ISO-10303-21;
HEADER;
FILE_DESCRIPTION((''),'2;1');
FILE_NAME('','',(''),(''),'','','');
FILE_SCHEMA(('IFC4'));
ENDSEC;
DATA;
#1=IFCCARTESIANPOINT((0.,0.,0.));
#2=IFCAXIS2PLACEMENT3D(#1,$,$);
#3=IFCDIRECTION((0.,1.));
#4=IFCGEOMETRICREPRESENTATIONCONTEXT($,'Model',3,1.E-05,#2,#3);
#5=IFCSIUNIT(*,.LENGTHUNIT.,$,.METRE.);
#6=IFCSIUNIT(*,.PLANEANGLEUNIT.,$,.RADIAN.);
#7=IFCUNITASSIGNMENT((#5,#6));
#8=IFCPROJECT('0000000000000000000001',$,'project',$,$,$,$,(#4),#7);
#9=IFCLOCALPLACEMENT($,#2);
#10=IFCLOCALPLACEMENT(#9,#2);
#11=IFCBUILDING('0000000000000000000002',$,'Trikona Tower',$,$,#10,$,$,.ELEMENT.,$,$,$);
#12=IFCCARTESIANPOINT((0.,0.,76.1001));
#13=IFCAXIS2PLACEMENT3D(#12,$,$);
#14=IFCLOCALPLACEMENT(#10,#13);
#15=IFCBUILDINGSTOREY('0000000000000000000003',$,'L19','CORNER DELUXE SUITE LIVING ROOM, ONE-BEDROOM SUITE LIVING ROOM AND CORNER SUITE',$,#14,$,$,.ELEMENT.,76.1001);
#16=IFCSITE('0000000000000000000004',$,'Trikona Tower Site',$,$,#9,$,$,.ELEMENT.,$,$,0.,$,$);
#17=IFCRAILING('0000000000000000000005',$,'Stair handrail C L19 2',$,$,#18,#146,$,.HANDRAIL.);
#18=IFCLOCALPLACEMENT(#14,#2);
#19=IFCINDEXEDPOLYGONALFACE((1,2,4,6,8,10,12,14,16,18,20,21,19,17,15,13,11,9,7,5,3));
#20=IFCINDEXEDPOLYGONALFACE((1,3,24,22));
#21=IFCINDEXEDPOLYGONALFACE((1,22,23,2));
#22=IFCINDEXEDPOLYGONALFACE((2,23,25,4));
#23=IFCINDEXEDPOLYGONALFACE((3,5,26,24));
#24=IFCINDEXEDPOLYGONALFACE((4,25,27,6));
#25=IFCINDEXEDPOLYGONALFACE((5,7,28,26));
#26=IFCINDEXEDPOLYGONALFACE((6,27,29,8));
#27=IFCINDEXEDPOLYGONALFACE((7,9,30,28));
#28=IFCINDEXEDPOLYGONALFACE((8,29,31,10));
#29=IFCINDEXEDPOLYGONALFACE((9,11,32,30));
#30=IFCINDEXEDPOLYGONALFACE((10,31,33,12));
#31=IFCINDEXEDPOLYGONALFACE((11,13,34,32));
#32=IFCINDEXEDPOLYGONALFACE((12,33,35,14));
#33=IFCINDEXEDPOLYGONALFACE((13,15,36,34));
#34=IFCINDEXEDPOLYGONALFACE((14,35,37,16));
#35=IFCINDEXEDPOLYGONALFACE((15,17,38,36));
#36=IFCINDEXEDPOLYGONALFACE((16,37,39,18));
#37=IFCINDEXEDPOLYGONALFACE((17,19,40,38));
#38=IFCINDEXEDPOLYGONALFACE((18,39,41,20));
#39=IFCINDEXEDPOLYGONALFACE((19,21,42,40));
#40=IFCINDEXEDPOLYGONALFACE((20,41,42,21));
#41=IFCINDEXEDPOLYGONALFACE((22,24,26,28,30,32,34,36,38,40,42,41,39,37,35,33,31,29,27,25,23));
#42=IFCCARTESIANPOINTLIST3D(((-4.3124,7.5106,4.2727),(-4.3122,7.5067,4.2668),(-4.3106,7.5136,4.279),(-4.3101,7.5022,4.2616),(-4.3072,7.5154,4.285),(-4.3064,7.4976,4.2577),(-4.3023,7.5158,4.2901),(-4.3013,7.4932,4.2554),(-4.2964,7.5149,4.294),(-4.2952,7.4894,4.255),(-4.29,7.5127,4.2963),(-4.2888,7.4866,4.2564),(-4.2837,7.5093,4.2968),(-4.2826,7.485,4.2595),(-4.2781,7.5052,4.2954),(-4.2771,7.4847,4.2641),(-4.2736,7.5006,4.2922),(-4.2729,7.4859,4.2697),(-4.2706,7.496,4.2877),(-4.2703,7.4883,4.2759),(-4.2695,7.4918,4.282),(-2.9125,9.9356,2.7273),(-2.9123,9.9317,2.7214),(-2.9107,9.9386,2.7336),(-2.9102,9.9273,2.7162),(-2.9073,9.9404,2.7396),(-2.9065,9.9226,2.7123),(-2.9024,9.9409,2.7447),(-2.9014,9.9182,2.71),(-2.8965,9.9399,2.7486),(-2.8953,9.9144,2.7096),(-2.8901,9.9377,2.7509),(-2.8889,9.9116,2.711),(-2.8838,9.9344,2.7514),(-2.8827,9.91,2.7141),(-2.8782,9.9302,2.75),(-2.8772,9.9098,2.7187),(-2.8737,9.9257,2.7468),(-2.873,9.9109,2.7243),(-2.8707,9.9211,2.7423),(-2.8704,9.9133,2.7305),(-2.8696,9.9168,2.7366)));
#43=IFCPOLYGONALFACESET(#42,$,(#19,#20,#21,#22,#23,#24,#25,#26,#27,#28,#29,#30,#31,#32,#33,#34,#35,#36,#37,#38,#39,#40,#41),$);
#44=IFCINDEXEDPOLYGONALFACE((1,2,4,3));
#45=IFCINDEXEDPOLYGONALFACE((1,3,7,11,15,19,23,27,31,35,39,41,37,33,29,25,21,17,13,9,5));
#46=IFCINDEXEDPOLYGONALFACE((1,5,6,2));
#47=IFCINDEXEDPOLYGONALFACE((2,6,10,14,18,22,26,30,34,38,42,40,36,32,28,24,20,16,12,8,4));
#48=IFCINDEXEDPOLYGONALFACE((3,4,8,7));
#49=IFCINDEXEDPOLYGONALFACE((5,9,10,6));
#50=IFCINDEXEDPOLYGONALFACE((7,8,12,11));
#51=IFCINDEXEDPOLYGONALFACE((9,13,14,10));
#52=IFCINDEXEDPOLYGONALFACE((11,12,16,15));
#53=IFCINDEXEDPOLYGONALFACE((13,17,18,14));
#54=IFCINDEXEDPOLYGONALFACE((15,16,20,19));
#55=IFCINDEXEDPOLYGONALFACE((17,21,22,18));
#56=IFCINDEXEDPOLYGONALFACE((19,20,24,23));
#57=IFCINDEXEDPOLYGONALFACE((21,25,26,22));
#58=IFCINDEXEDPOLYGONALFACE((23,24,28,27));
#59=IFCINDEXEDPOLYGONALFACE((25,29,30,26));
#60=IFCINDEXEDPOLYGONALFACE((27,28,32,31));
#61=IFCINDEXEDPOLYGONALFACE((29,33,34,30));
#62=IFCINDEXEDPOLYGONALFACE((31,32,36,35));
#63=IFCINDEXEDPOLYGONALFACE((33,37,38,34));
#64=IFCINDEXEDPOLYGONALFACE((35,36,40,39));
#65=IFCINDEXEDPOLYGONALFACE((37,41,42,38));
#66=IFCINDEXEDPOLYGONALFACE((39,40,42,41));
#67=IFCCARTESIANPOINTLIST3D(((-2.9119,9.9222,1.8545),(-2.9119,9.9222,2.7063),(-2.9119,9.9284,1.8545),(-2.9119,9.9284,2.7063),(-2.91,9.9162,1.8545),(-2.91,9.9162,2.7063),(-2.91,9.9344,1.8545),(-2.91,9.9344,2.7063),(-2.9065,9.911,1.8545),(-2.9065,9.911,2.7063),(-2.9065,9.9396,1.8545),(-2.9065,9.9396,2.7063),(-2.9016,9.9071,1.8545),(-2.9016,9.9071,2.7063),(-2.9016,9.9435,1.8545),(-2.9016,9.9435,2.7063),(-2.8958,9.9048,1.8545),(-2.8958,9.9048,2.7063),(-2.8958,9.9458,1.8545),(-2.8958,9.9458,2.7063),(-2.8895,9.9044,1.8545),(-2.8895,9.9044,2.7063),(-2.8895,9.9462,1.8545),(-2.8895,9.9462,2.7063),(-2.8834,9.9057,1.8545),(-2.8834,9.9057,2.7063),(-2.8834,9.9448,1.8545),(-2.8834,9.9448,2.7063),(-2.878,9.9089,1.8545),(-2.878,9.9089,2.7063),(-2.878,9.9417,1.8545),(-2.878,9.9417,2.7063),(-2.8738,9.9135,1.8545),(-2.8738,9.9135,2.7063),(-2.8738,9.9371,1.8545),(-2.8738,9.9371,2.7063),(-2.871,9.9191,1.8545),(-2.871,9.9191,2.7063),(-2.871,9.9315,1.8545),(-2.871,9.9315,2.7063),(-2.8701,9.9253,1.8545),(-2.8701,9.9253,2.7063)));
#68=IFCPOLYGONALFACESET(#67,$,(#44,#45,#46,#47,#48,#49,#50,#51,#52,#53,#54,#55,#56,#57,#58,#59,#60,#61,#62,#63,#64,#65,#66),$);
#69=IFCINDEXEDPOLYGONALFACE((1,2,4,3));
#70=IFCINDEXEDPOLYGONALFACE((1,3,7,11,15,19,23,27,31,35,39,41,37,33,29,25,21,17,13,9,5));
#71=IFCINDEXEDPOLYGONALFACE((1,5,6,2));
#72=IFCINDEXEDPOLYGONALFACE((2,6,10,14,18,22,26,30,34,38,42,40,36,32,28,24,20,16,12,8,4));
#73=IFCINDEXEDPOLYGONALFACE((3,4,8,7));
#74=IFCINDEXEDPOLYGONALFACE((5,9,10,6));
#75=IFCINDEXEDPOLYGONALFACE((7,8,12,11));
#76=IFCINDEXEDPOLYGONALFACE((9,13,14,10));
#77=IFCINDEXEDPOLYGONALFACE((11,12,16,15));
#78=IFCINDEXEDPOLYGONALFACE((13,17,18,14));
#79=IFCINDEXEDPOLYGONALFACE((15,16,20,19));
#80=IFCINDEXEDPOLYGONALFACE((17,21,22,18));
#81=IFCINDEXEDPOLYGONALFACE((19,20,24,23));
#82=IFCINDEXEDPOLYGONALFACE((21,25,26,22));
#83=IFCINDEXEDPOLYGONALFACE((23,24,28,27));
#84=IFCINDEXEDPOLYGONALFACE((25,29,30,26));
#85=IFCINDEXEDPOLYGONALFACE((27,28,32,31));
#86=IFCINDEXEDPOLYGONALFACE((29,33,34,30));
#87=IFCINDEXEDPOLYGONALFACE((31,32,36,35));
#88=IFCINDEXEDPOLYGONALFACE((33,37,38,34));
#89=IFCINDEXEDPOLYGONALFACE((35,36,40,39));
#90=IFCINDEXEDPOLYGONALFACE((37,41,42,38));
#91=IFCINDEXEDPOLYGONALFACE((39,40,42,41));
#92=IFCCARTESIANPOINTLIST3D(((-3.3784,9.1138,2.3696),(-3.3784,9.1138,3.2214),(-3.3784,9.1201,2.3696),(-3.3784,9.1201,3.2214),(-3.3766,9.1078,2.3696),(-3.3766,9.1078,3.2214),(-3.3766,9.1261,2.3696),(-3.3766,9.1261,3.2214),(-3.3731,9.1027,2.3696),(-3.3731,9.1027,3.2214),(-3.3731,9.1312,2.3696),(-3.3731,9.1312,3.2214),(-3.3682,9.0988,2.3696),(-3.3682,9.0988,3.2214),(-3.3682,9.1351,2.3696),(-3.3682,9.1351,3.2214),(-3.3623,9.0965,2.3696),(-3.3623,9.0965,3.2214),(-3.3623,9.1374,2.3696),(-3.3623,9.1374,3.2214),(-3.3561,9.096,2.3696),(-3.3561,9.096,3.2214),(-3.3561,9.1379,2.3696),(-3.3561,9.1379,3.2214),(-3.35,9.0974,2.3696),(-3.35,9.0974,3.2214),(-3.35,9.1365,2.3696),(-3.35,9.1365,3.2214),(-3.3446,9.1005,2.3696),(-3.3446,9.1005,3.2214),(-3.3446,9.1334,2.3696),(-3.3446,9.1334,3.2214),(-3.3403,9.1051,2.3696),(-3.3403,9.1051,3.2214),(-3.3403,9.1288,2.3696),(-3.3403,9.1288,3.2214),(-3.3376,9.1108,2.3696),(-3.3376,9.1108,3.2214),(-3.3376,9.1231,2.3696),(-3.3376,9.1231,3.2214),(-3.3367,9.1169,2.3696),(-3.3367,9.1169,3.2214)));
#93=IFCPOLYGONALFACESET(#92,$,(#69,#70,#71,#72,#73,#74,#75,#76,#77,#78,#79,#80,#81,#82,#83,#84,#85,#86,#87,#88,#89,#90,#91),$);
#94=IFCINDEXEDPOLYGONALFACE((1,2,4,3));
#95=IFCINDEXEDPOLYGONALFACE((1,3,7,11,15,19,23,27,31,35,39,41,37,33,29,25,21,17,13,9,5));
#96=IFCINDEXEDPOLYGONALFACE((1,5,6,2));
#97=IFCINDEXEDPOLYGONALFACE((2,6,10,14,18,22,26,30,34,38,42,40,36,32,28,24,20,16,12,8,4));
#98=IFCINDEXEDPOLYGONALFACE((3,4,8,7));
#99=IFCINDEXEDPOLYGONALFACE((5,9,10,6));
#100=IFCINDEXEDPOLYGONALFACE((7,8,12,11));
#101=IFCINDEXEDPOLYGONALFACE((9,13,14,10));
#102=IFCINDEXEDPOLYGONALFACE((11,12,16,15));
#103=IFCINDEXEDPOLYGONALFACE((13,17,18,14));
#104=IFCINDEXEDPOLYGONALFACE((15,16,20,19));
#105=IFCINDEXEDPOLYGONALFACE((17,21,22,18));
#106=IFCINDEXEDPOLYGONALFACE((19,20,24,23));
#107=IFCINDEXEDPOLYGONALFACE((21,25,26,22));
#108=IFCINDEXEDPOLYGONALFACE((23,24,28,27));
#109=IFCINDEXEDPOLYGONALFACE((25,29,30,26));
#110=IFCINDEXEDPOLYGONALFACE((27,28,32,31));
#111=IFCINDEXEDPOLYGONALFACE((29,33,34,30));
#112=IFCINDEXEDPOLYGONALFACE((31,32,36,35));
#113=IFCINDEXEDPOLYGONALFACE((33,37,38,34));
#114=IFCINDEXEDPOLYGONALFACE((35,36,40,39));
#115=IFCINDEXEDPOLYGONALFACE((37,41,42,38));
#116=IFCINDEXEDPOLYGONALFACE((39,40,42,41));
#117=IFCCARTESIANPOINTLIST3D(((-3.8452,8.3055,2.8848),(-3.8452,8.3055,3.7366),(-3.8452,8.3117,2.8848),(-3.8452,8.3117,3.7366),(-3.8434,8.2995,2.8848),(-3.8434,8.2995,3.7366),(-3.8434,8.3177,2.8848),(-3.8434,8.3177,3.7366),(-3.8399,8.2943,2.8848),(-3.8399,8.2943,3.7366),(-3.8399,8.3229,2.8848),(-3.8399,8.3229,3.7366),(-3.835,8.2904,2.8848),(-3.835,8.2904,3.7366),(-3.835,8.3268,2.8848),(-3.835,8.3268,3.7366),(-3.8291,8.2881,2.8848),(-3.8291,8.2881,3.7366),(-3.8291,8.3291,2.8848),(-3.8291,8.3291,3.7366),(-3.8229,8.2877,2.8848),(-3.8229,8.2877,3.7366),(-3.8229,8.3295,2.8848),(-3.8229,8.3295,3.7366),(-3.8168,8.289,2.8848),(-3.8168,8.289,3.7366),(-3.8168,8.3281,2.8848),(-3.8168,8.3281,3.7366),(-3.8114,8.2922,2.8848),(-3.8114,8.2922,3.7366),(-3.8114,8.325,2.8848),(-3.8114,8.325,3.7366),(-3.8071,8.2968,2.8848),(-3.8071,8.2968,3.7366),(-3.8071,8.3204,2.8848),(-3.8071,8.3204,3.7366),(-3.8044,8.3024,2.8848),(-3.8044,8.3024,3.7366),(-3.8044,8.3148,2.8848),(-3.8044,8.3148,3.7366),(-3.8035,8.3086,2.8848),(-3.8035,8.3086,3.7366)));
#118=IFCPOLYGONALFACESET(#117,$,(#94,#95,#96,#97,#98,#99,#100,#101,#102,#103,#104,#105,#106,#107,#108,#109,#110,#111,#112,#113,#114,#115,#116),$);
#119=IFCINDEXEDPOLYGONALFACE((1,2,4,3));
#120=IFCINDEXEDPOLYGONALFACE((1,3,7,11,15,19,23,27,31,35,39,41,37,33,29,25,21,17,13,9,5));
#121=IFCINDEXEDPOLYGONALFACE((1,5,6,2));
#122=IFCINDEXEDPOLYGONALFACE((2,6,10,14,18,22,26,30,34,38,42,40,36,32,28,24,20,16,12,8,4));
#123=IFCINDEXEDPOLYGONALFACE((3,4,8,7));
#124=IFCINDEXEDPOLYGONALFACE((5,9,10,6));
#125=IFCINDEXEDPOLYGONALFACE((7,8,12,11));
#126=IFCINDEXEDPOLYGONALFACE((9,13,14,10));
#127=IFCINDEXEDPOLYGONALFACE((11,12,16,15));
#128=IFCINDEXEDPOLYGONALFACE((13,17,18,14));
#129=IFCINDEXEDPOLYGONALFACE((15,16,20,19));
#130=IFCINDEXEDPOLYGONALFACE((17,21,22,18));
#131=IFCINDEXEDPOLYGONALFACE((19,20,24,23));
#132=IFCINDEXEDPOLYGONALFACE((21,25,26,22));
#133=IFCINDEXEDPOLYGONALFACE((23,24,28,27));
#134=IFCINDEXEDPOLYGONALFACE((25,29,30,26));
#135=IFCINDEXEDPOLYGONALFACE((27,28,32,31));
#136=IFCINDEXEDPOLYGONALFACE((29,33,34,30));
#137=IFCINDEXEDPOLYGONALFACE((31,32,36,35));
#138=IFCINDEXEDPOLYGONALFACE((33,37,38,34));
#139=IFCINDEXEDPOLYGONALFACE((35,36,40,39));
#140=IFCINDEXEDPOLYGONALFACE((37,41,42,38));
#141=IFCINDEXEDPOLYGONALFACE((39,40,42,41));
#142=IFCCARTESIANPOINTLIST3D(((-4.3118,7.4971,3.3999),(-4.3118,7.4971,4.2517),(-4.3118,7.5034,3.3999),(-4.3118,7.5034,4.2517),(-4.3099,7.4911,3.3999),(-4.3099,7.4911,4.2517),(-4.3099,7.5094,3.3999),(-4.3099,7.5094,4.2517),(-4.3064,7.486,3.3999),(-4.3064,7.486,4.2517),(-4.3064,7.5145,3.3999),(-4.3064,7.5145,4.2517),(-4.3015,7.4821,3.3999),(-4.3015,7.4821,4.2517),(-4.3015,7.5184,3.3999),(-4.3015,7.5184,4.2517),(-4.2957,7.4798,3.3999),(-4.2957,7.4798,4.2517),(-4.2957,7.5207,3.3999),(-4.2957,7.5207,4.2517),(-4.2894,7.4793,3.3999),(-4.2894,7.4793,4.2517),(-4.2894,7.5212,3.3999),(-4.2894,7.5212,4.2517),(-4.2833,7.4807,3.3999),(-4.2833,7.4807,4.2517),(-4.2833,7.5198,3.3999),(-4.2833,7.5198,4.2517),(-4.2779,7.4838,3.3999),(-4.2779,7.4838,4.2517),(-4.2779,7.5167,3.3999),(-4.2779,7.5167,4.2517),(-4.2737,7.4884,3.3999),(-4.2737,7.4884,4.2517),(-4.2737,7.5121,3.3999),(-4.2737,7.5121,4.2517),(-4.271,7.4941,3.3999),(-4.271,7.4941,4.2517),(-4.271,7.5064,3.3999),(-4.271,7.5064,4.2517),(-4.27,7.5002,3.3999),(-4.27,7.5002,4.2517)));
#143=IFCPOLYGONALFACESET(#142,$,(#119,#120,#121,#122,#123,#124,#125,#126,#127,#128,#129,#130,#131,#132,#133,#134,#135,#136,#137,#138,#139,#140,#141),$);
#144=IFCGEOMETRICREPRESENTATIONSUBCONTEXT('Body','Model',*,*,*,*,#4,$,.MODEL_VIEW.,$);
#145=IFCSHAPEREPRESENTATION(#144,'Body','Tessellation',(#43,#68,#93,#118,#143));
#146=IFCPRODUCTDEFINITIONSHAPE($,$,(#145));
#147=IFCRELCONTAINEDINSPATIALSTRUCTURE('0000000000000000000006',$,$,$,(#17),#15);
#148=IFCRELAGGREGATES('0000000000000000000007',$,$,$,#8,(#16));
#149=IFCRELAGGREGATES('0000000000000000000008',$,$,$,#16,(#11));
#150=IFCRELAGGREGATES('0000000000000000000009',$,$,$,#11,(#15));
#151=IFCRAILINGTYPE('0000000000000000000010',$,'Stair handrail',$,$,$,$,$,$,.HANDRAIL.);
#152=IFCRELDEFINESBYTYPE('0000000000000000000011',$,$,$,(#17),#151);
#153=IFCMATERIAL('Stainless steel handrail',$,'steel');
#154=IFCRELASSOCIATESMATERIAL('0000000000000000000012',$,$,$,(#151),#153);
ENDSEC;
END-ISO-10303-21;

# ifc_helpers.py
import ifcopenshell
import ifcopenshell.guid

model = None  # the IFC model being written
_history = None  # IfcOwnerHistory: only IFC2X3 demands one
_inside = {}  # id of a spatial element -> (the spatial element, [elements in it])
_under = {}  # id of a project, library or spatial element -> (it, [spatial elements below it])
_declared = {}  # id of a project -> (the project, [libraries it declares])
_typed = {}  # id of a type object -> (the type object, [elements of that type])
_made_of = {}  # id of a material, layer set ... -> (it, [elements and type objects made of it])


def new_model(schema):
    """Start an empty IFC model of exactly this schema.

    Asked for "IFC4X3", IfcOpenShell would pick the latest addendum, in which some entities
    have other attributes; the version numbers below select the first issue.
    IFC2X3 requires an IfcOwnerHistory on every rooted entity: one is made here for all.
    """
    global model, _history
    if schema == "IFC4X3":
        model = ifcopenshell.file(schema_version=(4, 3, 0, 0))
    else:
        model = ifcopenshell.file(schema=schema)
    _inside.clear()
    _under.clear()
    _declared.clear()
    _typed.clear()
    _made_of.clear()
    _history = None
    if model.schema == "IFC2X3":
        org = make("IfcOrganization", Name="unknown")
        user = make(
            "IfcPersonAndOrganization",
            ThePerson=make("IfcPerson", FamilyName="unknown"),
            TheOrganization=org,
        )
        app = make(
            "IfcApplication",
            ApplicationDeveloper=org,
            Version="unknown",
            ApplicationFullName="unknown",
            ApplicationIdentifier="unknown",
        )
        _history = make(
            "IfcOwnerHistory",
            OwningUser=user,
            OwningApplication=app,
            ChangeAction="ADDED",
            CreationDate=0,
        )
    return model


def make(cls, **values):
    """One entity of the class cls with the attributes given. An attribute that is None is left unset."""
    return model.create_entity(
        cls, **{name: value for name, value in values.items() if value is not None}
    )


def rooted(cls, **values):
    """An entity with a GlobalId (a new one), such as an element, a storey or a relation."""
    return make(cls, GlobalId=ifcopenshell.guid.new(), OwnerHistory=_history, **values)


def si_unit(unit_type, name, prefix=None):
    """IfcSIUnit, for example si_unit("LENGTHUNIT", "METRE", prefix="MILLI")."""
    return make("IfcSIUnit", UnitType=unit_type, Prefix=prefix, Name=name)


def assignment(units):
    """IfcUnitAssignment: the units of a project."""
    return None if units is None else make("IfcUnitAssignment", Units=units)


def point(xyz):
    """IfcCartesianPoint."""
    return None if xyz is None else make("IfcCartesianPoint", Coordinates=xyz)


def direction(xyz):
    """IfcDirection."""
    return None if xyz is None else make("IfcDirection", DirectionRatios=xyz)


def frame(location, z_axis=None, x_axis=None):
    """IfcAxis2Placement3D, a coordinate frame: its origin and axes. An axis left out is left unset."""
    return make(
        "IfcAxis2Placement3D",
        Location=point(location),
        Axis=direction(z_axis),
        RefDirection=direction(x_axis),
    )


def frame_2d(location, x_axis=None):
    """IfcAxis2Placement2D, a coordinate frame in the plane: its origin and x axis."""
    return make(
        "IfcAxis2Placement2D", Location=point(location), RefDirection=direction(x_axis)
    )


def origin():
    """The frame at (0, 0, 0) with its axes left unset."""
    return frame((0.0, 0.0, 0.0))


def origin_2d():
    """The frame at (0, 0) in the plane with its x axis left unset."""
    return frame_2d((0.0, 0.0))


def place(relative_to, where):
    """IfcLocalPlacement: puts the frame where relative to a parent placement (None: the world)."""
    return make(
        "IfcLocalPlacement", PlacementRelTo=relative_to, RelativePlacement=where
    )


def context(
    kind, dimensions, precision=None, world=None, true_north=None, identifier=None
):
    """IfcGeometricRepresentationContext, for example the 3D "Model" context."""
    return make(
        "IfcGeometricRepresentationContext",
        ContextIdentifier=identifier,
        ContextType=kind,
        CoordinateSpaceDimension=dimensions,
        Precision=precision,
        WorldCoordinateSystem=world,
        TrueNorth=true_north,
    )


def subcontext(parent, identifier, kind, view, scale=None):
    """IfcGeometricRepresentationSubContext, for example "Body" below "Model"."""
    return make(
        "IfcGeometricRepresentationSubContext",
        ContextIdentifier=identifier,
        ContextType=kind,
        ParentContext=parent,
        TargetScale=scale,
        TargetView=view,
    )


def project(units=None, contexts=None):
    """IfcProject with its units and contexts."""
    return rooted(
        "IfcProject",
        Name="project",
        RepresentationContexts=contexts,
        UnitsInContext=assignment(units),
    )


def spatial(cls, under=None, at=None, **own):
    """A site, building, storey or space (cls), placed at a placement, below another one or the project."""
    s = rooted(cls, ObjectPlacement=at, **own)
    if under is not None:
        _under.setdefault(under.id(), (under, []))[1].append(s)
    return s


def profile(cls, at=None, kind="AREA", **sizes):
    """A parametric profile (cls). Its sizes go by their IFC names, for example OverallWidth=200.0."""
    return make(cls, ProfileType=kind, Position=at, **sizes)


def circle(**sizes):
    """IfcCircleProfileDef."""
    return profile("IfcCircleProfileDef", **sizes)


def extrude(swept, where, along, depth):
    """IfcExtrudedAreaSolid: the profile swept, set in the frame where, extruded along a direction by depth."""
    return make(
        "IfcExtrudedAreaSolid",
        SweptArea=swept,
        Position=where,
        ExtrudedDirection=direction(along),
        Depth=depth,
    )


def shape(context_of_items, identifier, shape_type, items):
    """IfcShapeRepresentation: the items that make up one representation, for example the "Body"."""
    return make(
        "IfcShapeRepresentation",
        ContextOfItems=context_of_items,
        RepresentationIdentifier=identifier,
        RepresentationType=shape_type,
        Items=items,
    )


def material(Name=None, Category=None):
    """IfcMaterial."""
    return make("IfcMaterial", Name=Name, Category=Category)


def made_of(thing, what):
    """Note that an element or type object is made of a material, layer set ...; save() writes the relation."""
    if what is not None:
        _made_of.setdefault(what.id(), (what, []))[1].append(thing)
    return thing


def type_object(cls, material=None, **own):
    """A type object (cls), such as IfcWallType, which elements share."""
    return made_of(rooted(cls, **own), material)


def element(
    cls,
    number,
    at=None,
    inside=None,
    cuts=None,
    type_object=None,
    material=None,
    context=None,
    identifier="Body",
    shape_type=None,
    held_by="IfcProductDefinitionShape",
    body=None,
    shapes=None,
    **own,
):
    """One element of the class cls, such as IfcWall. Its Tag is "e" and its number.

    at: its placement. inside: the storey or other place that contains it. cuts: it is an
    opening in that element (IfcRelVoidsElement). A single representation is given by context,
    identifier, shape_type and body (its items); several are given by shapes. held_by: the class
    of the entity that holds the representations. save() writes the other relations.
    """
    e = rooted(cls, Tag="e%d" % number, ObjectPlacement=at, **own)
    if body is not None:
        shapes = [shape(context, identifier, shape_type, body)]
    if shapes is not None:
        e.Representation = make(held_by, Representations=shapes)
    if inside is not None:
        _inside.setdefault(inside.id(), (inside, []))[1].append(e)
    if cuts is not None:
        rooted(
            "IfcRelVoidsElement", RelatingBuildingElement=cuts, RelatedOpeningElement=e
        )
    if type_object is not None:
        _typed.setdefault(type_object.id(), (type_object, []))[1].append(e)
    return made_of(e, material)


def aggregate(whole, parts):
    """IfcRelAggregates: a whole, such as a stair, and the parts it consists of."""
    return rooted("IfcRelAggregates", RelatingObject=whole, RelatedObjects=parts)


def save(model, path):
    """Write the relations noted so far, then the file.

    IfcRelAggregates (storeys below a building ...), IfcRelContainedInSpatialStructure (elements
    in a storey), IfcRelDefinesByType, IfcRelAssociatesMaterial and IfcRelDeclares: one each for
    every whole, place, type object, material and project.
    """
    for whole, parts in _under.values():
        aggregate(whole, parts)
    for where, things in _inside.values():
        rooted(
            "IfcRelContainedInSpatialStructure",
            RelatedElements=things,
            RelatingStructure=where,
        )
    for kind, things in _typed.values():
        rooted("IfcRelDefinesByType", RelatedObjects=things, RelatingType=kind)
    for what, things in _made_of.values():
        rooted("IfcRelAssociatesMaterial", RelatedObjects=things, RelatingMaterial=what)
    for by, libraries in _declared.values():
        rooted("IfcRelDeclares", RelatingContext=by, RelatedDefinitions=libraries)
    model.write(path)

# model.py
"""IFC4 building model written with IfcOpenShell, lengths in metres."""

from ifc_helpers import new_model, si_unit, direction, frame, origin, origin_2d, place, context, subcontext, project, spatial, circle, extrude, material, type_object, element, save


model = new_model("IFC4")

# Units and contexts
model_context = context("Model", 3, precision=1e-05, world=origin(), true_north=direction((0.0, 1.0)))
body_context = subcontext(model_context, "Body", "Model", "MODEL_VIEW")
ifc_project = project(units=[si_unit("LENGTHUNIT", "METRE"), si_unit("PLANEANGLEUNIT", "RADIAN")], contexts=[model_context])

# Site, building, storey
site_placement = place(None, origin())
site = spatial("IfcSite", under=ifc_project, at=site_placement, Name="Trikona Tower Site", CompositionType="ELEMENT", RefElevation=0.0)
building_placement = place(site_placement, origin())
building = spatial("IfcBuilding", under=site, at=building_placement, Name="Trikona Tower", CompositionType="ELEMENT")
storey_placement = place(building_placement, frame((0.0, 0.0, 76.1001)))
storey = spatial("IfcBuildingStorey", under=building, at=storey_placement, Name="L19", Description="CORNER DELUXE SUITE LIVING ROOM, ONE-BEDROOM SUITE LIVING ROOM AND CORNER SUITE", CompositionType="ELEMENT", Elevation=76.1001)

# Railing
ifc_material_1 = material(Name="Stainless steel handrail", Category="steel")
railing_type = type_object("IfcRailingType", Name="Stair handrail", PredefinedType="HANDRAIL", material=ifc_material_1)
railing_1_placement = place(storey_placement, frame((-2.8911, 9.9253, 1.8545)))
element("IfcRailing", 1, at=railing_1_placement, inside=storey, type_object=railing_type, Name="Stair handrail C L19 2", PredefinedType="HANDRAIL", context=body_context, shape_type="SweptSolid", body=[
    extrude(circle(Radius=0.0239, at=origin_2d()), frame((0.0, 0.0, 0.876), z_axis=(-0.437707, -0.75824, 0.483203), x_axis=(0.866056, -0.499946, 0.0)), (0.0, 0.0, 1.0), 3.1982),
    extrude(circle(Radius=0.021, at=origin_2d()), origin(), (0.0, 0.0, 1.0), 0.8518),
    extrude(circle(Radius=0.021, at=origin_2d()), frame((-0.4666, -0.8083, 0.5151)), (0.0, 0.0, 1.0), 0.8518),
    extrude(circle(Radius=0.021, at=origin_2d()), frame((-0.9333, -1.6167, 1.0303)), (0.0, 0.0, 1.0), 0.8518),
    extrude(circle(Radius=0.021, at=origin_2d()), frame((-1.3999, -2.425, 1.5454)), (0.0, 0.0, 1.0), 0.8518),
])

save(model, "model.ifc")
